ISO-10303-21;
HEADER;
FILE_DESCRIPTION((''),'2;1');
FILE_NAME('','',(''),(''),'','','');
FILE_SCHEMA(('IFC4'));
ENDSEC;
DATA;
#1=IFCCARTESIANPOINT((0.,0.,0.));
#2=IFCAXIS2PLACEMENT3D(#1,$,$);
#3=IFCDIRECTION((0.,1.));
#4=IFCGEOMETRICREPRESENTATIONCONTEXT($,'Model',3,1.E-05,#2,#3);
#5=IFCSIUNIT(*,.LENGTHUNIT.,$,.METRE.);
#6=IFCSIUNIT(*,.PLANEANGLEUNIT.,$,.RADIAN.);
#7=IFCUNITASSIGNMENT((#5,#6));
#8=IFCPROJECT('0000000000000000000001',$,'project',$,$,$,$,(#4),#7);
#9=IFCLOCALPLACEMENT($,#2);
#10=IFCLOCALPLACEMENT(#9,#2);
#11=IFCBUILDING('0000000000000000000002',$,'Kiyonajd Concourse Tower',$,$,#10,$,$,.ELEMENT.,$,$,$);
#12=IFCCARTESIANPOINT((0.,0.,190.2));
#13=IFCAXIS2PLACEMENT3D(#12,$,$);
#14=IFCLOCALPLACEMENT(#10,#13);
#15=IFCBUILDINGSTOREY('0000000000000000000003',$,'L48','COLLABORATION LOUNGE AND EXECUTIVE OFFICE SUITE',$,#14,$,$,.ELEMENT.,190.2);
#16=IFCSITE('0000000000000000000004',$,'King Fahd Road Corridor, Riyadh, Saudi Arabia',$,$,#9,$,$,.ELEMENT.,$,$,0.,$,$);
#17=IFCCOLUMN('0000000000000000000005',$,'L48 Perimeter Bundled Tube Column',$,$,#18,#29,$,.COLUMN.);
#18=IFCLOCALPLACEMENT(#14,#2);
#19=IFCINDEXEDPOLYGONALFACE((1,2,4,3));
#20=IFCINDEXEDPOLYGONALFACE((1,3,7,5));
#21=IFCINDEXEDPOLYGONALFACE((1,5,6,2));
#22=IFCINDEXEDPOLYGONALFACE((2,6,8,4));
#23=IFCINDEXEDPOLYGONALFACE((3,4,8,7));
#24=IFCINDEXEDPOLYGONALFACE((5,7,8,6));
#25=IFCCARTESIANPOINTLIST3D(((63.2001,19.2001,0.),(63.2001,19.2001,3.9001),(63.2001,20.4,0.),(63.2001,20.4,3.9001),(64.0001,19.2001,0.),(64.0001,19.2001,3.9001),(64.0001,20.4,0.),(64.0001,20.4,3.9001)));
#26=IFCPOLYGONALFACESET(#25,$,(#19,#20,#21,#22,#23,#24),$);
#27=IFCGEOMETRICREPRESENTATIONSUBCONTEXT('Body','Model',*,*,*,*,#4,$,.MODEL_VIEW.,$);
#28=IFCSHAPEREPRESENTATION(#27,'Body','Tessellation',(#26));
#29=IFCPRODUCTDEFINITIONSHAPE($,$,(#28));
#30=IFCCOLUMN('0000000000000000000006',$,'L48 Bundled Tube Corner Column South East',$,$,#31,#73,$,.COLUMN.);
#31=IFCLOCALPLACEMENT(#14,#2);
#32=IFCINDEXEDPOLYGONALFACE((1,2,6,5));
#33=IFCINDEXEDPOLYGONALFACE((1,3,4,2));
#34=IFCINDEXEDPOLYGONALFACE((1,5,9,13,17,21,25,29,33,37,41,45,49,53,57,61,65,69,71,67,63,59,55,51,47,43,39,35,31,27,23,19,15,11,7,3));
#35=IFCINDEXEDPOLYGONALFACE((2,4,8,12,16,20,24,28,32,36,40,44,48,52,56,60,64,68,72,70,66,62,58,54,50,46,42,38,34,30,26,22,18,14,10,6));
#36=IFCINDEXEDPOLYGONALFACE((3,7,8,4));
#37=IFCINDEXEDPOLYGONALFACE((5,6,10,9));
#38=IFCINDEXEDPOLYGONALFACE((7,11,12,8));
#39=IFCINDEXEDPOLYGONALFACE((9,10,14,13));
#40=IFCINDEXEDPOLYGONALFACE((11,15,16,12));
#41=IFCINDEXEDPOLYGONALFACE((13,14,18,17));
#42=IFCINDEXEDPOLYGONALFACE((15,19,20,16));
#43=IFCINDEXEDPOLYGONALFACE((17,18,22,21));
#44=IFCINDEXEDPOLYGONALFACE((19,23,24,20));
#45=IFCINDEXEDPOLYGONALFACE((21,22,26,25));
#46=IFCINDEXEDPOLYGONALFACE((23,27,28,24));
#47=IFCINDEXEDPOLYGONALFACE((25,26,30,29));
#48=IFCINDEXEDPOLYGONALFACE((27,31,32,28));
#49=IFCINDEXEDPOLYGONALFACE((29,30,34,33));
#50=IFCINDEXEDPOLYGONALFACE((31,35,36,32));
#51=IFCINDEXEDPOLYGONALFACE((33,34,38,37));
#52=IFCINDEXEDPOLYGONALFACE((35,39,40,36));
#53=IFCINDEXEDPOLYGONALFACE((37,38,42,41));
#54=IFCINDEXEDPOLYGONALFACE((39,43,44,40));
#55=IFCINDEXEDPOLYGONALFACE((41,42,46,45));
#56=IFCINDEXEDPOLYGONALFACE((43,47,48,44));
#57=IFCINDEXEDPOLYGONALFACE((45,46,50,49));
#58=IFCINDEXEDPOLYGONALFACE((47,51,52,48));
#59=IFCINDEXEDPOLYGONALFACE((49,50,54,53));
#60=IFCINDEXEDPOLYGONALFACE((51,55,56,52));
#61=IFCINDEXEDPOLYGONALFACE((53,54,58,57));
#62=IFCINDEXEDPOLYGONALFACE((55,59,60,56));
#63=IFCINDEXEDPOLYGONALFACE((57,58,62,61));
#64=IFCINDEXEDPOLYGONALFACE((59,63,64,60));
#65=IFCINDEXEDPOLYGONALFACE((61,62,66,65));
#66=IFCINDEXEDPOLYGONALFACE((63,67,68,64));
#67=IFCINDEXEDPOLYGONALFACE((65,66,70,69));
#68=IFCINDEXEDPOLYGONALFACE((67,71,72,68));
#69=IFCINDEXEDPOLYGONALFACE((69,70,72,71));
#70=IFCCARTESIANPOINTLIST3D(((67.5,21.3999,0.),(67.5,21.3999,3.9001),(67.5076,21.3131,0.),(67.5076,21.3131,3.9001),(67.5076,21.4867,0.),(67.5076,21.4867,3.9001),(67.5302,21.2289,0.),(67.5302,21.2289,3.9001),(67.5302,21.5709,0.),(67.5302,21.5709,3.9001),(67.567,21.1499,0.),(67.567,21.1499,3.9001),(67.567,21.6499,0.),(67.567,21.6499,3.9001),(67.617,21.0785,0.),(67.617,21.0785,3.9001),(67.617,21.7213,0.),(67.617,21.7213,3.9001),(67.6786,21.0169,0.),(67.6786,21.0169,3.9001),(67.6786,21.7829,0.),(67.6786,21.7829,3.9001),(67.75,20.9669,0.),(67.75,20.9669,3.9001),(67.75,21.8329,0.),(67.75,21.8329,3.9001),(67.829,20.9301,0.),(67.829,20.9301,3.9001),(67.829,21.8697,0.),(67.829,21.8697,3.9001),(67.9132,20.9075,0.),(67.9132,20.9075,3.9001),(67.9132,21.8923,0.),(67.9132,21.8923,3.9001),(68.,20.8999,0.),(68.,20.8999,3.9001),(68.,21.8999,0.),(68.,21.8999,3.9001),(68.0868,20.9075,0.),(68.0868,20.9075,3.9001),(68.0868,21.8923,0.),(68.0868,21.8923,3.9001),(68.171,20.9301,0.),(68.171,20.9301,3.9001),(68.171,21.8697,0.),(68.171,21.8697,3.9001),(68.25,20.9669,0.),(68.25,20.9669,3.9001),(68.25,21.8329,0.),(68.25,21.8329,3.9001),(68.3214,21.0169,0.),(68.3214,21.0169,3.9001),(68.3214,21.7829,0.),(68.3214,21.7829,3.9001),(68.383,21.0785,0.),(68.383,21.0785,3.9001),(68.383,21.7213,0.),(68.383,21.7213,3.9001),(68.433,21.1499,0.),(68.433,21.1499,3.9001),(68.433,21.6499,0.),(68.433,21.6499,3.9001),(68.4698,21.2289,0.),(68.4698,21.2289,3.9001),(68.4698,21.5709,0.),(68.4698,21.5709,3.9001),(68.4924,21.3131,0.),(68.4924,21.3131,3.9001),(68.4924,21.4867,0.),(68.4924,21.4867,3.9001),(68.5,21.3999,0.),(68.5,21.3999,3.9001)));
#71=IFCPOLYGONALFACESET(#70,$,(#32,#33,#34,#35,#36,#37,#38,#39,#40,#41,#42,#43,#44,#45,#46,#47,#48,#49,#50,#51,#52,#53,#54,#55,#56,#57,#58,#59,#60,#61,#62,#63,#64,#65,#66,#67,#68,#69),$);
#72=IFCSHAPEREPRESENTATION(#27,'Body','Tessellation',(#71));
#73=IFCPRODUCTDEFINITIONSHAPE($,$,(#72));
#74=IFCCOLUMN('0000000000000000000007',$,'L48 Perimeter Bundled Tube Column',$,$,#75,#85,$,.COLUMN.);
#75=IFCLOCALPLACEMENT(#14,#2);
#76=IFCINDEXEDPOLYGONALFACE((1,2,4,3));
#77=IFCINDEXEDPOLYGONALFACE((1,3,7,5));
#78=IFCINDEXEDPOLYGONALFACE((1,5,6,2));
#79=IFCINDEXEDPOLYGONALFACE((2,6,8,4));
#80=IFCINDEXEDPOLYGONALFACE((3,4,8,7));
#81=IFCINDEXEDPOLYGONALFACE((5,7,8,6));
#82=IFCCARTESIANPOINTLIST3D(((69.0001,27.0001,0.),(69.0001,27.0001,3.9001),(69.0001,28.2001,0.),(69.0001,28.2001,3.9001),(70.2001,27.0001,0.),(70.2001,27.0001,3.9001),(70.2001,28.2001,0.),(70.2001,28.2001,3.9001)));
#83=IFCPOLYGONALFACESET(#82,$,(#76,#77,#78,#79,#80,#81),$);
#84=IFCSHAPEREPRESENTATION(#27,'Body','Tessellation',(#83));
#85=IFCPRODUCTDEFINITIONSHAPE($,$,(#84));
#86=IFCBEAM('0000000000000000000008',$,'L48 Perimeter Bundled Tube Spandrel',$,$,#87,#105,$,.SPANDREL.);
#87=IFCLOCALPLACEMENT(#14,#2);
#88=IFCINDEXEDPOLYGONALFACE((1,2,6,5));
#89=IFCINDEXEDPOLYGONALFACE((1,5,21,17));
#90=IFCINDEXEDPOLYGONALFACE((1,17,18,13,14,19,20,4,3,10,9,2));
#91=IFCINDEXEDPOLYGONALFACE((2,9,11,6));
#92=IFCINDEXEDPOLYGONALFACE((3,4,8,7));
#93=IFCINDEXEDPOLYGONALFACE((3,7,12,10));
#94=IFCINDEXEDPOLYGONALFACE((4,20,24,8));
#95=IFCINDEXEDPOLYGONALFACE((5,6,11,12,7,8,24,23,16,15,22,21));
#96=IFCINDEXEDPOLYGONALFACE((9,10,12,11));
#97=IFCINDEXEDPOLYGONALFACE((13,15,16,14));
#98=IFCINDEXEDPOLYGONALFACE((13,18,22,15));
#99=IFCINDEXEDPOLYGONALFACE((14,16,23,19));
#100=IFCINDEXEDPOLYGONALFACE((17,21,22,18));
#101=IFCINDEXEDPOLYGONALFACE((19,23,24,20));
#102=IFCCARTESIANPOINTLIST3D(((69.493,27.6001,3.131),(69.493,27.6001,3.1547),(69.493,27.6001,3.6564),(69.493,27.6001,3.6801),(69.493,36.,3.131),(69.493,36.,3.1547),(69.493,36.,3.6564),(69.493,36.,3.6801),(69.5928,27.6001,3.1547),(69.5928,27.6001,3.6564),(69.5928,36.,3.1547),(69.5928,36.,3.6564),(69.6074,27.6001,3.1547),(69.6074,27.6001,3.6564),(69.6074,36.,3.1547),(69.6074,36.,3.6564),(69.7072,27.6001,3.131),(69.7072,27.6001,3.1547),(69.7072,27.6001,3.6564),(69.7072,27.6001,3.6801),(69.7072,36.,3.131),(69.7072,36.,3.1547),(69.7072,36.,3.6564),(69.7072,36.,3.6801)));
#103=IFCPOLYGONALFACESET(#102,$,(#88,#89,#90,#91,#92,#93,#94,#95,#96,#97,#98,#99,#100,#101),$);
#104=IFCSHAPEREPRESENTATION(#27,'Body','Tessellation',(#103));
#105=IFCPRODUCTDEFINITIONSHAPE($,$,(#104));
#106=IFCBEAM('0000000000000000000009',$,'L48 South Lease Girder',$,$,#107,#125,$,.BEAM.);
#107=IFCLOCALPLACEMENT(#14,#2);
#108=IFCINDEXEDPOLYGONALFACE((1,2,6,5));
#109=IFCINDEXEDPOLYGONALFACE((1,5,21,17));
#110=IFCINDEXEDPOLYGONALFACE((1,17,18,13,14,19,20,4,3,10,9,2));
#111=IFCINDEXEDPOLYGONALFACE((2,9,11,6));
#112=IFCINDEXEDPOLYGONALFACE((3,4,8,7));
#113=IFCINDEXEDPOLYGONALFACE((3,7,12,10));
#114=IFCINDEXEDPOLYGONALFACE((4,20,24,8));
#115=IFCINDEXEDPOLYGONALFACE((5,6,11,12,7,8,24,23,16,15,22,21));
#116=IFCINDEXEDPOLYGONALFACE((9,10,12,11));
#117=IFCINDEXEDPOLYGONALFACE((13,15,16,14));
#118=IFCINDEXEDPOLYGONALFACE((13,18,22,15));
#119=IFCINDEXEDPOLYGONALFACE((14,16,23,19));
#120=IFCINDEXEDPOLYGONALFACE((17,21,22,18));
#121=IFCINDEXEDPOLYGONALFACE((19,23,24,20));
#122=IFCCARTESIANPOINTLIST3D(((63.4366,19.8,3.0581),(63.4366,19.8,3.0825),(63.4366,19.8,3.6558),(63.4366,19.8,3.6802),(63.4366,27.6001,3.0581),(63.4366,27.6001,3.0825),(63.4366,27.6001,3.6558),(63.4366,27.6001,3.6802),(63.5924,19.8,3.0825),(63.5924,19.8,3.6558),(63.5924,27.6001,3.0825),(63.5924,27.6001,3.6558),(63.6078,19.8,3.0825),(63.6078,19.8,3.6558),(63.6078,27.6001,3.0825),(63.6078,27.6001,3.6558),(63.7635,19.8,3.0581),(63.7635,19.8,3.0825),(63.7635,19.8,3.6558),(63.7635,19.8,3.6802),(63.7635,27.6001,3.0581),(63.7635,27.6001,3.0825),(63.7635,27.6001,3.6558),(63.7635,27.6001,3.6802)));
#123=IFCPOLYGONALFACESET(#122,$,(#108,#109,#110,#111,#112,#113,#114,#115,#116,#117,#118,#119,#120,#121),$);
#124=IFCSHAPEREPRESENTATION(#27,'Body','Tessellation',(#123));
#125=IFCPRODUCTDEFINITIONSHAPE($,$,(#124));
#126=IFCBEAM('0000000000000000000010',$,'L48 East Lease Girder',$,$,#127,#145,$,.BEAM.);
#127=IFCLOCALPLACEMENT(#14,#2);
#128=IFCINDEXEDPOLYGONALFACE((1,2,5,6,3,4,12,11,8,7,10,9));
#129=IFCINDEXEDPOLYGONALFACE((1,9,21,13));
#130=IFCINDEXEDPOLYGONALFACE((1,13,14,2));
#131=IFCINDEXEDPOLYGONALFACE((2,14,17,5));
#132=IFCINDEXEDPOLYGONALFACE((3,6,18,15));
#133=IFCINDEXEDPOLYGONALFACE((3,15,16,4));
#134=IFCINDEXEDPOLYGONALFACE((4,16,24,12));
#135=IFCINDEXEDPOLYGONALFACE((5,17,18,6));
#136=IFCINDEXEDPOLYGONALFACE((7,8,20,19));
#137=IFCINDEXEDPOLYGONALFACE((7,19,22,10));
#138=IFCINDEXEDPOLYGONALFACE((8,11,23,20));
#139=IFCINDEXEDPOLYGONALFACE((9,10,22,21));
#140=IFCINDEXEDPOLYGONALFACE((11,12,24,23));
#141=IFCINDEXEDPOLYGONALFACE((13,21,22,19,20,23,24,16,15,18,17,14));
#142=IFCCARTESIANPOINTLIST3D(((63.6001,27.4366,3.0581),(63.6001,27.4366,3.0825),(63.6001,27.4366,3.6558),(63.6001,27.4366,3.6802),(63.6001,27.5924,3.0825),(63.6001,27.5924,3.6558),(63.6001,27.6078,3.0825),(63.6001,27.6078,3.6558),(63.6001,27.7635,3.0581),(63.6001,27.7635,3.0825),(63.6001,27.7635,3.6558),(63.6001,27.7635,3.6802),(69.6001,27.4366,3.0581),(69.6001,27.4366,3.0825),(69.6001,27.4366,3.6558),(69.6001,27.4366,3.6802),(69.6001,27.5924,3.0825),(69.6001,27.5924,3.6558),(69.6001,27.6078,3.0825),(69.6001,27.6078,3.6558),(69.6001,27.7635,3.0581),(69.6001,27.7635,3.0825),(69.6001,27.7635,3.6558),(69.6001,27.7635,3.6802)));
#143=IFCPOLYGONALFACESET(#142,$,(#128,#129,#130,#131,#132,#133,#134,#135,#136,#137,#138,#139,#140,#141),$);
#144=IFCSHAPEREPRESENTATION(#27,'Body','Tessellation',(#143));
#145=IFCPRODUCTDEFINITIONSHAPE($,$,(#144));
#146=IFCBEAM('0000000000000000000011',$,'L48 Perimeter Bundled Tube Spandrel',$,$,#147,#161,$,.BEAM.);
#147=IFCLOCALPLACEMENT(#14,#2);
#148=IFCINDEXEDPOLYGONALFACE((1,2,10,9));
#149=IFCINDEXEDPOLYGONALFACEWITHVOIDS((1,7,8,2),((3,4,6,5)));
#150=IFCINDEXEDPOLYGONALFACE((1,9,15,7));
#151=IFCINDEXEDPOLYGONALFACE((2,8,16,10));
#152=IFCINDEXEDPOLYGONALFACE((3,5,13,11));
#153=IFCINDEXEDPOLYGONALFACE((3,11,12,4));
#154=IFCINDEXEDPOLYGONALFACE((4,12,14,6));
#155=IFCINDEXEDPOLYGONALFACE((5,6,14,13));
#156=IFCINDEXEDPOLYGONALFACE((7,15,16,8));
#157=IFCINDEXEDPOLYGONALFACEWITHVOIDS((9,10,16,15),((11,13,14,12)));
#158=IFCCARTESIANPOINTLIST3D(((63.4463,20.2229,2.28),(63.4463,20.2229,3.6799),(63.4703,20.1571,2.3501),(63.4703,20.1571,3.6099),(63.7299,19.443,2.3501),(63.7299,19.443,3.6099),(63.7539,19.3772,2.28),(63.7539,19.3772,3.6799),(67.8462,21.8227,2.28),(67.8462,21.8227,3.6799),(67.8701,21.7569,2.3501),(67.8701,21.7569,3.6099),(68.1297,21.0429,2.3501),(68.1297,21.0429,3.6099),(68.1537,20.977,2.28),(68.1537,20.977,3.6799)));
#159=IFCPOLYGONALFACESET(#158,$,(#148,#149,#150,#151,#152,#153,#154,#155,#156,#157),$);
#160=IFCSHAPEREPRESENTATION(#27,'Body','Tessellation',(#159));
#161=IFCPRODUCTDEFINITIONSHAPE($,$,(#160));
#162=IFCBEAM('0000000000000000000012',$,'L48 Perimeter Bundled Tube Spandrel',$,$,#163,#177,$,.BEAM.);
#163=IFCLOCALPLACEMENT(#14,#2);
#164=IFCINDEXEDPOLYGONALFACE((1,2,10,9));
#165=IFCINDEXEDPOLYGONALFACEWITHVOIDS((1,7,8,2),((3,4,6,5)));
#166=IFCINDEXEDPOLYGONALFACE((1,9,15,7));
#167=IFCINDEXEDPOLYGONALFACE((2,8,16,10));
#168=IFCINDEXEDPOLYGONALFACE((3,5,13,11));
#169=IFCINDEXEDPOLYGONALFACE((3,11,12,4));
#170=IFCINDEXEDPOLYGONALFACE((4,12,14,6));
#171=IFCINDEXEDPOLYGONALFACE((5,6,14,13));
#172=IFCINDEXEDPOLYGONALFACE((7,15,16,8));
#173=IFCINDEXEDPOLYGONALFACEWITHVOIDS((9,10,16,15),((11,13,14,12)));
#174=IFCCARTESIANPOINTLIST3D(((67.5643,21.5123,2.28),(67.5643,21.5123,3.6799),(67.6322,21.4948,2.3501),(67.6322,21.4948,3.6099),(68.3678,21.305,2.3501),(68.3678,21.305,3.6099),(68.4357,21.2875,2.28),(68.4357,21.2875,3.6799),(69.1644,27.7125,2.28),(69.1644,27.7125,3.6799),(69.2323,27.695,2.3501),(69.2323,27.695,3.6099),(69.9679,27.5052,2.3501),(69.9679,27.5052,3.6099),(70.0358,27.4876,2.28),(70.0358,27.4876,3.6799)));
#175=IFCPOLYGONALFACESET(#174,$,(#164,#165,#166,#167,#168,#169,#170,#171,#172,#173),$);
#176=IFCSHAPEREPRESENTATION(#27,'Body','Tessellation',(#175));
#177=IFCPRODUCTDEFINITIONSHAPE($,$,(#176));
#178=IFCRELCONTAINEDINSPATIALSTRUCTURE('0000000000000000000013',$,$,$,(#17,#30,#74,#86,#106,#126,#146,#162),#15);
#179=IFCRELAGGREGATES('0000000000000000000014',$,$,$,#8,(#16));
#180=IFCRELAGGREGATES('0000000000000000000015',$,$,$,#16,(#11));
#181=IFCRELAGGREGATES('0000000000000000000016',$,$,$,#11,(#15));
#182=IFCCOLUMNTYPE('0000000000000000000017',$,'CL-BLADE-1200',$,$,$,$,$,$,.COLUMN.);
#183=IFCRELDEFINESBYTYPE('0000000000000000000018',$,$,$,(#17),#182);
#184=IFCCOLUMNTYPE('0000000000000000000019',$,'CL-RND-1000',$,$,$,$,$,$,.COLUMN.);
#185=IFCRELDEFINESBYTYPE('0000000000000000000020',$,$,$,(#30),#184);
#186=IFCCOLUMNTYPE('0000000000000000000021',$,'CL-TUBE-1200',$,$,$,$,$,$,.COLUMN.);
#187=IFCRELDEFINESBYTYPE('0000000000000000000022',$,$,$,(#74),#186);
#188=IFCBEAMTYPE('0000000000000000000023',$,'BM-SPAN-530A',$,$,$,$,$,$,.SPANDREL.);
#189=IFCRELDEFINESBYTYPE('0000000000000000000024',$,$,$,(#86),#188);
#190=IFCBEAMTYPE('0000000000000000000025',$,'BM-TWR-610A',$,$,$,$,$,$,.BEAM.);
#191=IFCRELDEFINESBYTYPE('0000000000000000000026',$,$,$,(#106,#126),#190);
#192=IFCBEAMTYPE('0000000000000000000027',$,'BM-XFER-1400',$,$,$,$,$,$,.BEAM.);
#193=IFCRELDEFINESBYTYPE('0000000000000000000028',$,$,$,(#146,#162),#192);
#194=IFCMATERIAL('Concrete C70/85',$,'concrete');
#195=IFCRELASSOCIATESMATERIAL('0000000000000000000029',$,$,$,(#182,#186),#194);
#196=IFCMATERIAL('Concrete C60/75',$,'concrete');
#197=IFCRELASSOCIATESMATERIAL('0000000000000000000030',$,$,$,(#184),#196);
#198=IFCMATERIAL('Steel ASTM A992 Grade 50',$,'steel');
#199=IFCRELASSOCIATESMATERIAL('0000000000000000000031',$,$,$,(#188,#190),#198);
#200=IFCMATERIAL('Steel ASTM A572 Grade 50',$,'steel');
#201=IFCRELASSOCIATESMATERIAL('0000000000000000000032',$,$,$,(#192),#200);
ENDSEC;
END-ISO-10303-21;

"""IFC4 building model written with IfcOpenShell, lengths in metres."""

from ifc_helpers import new_model, si_unit, direction, frame, origin, origin_2d, place, context, subcontext, project, spatial, rectangle, hollow_rectangle, circle, i_section, extrude, material, material_profile, profile_set, type_object, element, save


model = new_model("IFC4")

# Units and contexts
model_context = context("Model", 3, precision=1e-05, world=origin(), true_north=direction((0.0, 1.0)))
body_context = subcontext(model_context, "Body", "Model", "MODEL_VIEW")
ifc_project = project(units=[si_unit("LENGTHUNIT", "METRE"), si_unit("PLANEANGLEUNIT", "RADIAN")], contexts=[model_context])

# Site, building, storey
site_placement = place(None, origin())
site = spatial("IfcSite", under=ifc_project, at=site_placement, Name="King Fahd Road Corridor, Riyadh, Saudi Arabia", CompositionType="ELEMENT", RefElevation=0.0)
building_placement = place(site_placement, origin())
building = spatial("IfcBuilding", under=site, at=building_placement, Name="Kiyonajd Concourse Tower", CompositionType="ELEMENT")
storey_placement = place(building_placement, frame((0.0, 0.0, 190.2)))
storey = spatial("IfcBuildingStorey", under=building, at=storey_placement, Name="L48", Description="COLLABORATION LOUNGE AND EXECUTIVE OFFICE SUITE", CompositionType="ELEMENT", Elevation=190.2)

# Columns
ifc_material_1 = material(Name="Concrete C70/85", Category="concrete")
ifc_material_profile_1 = material_profile(ifc_material_1, rectangle(XDim=0.8, YDim=1.2, at=origin_2d()), Name="RC-1200x800")
ifc_profile_set_1 = profile_set([ifc_material_profile_1], Name="Concrete C70/85")
column_type_1 = type_object("IfcColumnType", Name="CL-BLADE-1200", PredefinedType="COLUMN", material=ifc_profile_set_1)
column_1_placement = place(storey_placement, frame((63.6001, 19.8, 0.0), z_axis=(0.0, 0.0, 1.0), x_axis=(1.0, 0.0, 0.0)))
element("IfcColumn", 1, at=column_1_placement, inside=storey, type_object=column_type_1, Name="L48 Perimeter Bundled Tube Column", PredefinedType="COLUMN", context=body_context, shape_type="SweptSolid", body=[
    extrude(rectangle(XDim=0.8, YDim=1.2, at=origin_2d()), origin(), (0.0, 0.0, 1.0), 3.9001),
])
ifc_material_2 = material(Name="Concrete C60/75", Category="concrete")
ifc_material_profile_2 = material_profile(ifc_material_2, circle(Radius=0.5, at=origin_2d()), Name="RCC-D1000")
ifc_profile_set_2 = profile_set([ifc_material_profile_2], Name="Concrete C60/75")
column_type_2 = type_object("IfcColumnType", Name="CL-RND-1000", PredefinedType="COLUMN", material=ifc_profile_set_2)
column_2_placement = place(storey_placement, frame((68.0, 21.3999, 0.0), z_axis=(0.0, 0.0, 1.0), x_axis=(1.0, 0.0, 0.0)))
element("IfcColumn", 2, at=column_2_placement, inside=storey, type_object=column_type_2, Name="L48 Bundled Tube Corner Column South East", PredefinedType="COLUMN", context=body_context, shape_type="SweptSolid", body=[
    extrude(circle(Radius=0.5, at=origin_2d()), origin(), (0.0, 0.0, 1.0), 3.9001),
])
ifc_material_profile_3 = material_profile(ifc_material_1, rectangle(XDim=1.2, YDim=1.2, at=origin_2d()), Name="RC-1200x1200")
ifc_profile_set_3 = profile_set([ifc_material_profile_3], Name="Concrete C70/85")
column_type_3 = type_object("IfcColumnType", Name="CL-TUBE-1200", PredefinedType="COLUMN", material=ifc_profile_set_3)
column_3_placement = place(storey_placement, frame((69.6001, 27.6001, 0.0), z_axis=(0.0, 0.0, 1.0), x_axis=(1.0, 0.0, 0.0)))
element("IfcColumn", 3, at=column_3_placement, inside=storey, type_object=column_type_3, Name="L48 Perimeter Bundled Tube Column", PredefinedType="COLUMN", context=body_context, shape_type="SweptSolid", body=[
    extrude(rectangle(XDim=1.2, YDim=1.2, at=origin_2d()), origin(), (0.0, 0.0, 1.0), 3.9001),
])

# Beams
ifc_material_3 = material(Name="Steel ASTM A992 Grade 50", Category="steel")
ifc_material_profile_4 = material_profile(ifc_material_3, i_section(OverallWidth=0.2141, OverallDepth=0.5491, WebThickness=0.0146, FlangeThickness=0.0237, at=origin_2d()), Name="W530X138")
ifc_profile_set_4 = profile_set([ifc_material_profile_4], Name="Steel ASTM A992 Grade 50")
beam_type_1 = type_object("IfcBeamType", Name="BM-SPAN-530A", PredefinedType="SPANDREL", material=ifc_profile_set_4)
beam_1_placement = place(storey_placement, frame((69.6001, 27.6001, 3.4055), z_axis=(0.0, 1.0, 0.0), x_axis=(-1.0, 0.0, 0.0)))
element("IfcBeam", 4, at=beam_1_placement, inside=storey, type_object=beam_type_1, Name="L48 Perimeter Bundled Tube Spandrel", PredefinedType="SPANDREL", context=body_context, shape_type="SweptSolid", body=[
    extrude(i_section(OverallWidth=0.2141, OverallDepth=0.5491, WebThickness=0.0146, FlangeThickness=0.0237, at=origin_2d()), origin(), (0.0, 0.0, 1.0), 8.3999),
])
ifc_material_profile_5 = material_profile(ifc_material_3, i_section(OverallWidth=0.3269, OverallDepth=0.6221, WebThickness=0.0154, FlangeThickness=0.0244, at=origin_2d()), Name="W610X195")
ifc_profile_set_5 = profile_set([ifc_material_profile_5], Name="Steel ASTM A992 Grade 50")
beam_type_2 = type_object("IfcBeamType", Name="BM-TWR-610A", PredefinedType="BEAM", material=ifc_profile_set_5)
beam_2_placement = place(storey_placement, frame((63.6001, 19.8, 3.3691), z_axis=(0.0, 1.0, 0.0), x_axis=(-1.0, 0.0, 0.0)))
element("IfcBeam", 5, at=beam_2_placement, inside=storey, type_object=beam_type_2, Name="L48 South Lease Girder", PredefinedType="BEAM", context=body_context, shape_type="SweptSolid", body=[
    extrude(i_section(OverallWidth=0.3269, OverallDepth=0.6221, WebThickness=0.0154, FlangeThickness=0.0244, at=origin_2d()), origin(), (0.0, 0.0, 1.0), 7.8),
])
beam_3_placement = place(storey_placement, frame((63.6001, 27.6001, 3.3691), z_axis=(1.0, 0.0, 0.0), x_axis=(0.0, 1.0, 0.0)))
element("IfcBeam", 6, at=beam_3_placement, inside=storey, type_object=beam_type_2, Name="L48 East Lease Girder", PredefinedType="BEAM", context=body_context, shape_type="SweptSolid", body=[
    extrude(i_section(OverallWidth=0.3269, OverallDepth=0.6221, WebThickness=0.0154, FlangeThickness=0.0244, at=origin_2d()), origin(), (0.0, 0.0, 1.0), 6.0),
])
ifc_material_4 = material(Name="Steel ASTM A572 Grade 50", Category="steel")
ifc_material_profile_6 = material_profile(ifc_material_4, hollow_rectangle(XDim=0.8999, YDim=1.3999, WallThickness=0.0701, at=origin_2d()), Name="BOX-1400x900x70")
ifc_profile_set_6 = profile_set([ifc_material_profile_6], Name="Steel ASTM A572 Grade 50")
beam_type_3 = type_object("IfcBeamType", Name="BM-XFER-1400", PredefinedType="BEAM", material=ifc_profile_set_6)
beam_4_placement = place(storey_placement, frame((63.6001, 19.8, 2.98), z_axis=(0.939801, 0.341722, 0.0), x_axis=(-0.341722, 0.939801, 0.0)))
element("IfcBeam", 7, at=beam_4_placement, inside=storey, type_object=beam_type_3, Name="L48 Perimeter Bundled Tube Spandrel", PredefinedType="BEAM", context=body_context, shape_type="SweptSolid", body=[
    extrude(hollow_rectangle(XDim=0.8999, YDim=1.3999, WallThickness=0.0701, at=origin_2d()), origin(), (0.0, 0.0, 1.0), 4.6816),
])
beam_5_placement = place(storey_placement, frame((68.0, 21.3999, 2.98), z_axis=(0.249885, 0.968276, 0.0), x_axis=(-0.968276, 0.249885, 0.0)))
element("IfcBeam", 8, at=beam_5_placement, inside=storey, type_object=beam_type_3, Name="L48 Perimeter Bundled Tube Spandrel", PredefinedType="BEAM", context=body_context, shape_type="SweptSolid", body=[
    extrude(hollow_rectangle(XDim=0.8999, YDim=1.3999, WallThickness=0.0701, at=origin_2d()), origin(), (0.0, 0.0, 1.0), 6.4033),
])

save(model, "model.ifc")
